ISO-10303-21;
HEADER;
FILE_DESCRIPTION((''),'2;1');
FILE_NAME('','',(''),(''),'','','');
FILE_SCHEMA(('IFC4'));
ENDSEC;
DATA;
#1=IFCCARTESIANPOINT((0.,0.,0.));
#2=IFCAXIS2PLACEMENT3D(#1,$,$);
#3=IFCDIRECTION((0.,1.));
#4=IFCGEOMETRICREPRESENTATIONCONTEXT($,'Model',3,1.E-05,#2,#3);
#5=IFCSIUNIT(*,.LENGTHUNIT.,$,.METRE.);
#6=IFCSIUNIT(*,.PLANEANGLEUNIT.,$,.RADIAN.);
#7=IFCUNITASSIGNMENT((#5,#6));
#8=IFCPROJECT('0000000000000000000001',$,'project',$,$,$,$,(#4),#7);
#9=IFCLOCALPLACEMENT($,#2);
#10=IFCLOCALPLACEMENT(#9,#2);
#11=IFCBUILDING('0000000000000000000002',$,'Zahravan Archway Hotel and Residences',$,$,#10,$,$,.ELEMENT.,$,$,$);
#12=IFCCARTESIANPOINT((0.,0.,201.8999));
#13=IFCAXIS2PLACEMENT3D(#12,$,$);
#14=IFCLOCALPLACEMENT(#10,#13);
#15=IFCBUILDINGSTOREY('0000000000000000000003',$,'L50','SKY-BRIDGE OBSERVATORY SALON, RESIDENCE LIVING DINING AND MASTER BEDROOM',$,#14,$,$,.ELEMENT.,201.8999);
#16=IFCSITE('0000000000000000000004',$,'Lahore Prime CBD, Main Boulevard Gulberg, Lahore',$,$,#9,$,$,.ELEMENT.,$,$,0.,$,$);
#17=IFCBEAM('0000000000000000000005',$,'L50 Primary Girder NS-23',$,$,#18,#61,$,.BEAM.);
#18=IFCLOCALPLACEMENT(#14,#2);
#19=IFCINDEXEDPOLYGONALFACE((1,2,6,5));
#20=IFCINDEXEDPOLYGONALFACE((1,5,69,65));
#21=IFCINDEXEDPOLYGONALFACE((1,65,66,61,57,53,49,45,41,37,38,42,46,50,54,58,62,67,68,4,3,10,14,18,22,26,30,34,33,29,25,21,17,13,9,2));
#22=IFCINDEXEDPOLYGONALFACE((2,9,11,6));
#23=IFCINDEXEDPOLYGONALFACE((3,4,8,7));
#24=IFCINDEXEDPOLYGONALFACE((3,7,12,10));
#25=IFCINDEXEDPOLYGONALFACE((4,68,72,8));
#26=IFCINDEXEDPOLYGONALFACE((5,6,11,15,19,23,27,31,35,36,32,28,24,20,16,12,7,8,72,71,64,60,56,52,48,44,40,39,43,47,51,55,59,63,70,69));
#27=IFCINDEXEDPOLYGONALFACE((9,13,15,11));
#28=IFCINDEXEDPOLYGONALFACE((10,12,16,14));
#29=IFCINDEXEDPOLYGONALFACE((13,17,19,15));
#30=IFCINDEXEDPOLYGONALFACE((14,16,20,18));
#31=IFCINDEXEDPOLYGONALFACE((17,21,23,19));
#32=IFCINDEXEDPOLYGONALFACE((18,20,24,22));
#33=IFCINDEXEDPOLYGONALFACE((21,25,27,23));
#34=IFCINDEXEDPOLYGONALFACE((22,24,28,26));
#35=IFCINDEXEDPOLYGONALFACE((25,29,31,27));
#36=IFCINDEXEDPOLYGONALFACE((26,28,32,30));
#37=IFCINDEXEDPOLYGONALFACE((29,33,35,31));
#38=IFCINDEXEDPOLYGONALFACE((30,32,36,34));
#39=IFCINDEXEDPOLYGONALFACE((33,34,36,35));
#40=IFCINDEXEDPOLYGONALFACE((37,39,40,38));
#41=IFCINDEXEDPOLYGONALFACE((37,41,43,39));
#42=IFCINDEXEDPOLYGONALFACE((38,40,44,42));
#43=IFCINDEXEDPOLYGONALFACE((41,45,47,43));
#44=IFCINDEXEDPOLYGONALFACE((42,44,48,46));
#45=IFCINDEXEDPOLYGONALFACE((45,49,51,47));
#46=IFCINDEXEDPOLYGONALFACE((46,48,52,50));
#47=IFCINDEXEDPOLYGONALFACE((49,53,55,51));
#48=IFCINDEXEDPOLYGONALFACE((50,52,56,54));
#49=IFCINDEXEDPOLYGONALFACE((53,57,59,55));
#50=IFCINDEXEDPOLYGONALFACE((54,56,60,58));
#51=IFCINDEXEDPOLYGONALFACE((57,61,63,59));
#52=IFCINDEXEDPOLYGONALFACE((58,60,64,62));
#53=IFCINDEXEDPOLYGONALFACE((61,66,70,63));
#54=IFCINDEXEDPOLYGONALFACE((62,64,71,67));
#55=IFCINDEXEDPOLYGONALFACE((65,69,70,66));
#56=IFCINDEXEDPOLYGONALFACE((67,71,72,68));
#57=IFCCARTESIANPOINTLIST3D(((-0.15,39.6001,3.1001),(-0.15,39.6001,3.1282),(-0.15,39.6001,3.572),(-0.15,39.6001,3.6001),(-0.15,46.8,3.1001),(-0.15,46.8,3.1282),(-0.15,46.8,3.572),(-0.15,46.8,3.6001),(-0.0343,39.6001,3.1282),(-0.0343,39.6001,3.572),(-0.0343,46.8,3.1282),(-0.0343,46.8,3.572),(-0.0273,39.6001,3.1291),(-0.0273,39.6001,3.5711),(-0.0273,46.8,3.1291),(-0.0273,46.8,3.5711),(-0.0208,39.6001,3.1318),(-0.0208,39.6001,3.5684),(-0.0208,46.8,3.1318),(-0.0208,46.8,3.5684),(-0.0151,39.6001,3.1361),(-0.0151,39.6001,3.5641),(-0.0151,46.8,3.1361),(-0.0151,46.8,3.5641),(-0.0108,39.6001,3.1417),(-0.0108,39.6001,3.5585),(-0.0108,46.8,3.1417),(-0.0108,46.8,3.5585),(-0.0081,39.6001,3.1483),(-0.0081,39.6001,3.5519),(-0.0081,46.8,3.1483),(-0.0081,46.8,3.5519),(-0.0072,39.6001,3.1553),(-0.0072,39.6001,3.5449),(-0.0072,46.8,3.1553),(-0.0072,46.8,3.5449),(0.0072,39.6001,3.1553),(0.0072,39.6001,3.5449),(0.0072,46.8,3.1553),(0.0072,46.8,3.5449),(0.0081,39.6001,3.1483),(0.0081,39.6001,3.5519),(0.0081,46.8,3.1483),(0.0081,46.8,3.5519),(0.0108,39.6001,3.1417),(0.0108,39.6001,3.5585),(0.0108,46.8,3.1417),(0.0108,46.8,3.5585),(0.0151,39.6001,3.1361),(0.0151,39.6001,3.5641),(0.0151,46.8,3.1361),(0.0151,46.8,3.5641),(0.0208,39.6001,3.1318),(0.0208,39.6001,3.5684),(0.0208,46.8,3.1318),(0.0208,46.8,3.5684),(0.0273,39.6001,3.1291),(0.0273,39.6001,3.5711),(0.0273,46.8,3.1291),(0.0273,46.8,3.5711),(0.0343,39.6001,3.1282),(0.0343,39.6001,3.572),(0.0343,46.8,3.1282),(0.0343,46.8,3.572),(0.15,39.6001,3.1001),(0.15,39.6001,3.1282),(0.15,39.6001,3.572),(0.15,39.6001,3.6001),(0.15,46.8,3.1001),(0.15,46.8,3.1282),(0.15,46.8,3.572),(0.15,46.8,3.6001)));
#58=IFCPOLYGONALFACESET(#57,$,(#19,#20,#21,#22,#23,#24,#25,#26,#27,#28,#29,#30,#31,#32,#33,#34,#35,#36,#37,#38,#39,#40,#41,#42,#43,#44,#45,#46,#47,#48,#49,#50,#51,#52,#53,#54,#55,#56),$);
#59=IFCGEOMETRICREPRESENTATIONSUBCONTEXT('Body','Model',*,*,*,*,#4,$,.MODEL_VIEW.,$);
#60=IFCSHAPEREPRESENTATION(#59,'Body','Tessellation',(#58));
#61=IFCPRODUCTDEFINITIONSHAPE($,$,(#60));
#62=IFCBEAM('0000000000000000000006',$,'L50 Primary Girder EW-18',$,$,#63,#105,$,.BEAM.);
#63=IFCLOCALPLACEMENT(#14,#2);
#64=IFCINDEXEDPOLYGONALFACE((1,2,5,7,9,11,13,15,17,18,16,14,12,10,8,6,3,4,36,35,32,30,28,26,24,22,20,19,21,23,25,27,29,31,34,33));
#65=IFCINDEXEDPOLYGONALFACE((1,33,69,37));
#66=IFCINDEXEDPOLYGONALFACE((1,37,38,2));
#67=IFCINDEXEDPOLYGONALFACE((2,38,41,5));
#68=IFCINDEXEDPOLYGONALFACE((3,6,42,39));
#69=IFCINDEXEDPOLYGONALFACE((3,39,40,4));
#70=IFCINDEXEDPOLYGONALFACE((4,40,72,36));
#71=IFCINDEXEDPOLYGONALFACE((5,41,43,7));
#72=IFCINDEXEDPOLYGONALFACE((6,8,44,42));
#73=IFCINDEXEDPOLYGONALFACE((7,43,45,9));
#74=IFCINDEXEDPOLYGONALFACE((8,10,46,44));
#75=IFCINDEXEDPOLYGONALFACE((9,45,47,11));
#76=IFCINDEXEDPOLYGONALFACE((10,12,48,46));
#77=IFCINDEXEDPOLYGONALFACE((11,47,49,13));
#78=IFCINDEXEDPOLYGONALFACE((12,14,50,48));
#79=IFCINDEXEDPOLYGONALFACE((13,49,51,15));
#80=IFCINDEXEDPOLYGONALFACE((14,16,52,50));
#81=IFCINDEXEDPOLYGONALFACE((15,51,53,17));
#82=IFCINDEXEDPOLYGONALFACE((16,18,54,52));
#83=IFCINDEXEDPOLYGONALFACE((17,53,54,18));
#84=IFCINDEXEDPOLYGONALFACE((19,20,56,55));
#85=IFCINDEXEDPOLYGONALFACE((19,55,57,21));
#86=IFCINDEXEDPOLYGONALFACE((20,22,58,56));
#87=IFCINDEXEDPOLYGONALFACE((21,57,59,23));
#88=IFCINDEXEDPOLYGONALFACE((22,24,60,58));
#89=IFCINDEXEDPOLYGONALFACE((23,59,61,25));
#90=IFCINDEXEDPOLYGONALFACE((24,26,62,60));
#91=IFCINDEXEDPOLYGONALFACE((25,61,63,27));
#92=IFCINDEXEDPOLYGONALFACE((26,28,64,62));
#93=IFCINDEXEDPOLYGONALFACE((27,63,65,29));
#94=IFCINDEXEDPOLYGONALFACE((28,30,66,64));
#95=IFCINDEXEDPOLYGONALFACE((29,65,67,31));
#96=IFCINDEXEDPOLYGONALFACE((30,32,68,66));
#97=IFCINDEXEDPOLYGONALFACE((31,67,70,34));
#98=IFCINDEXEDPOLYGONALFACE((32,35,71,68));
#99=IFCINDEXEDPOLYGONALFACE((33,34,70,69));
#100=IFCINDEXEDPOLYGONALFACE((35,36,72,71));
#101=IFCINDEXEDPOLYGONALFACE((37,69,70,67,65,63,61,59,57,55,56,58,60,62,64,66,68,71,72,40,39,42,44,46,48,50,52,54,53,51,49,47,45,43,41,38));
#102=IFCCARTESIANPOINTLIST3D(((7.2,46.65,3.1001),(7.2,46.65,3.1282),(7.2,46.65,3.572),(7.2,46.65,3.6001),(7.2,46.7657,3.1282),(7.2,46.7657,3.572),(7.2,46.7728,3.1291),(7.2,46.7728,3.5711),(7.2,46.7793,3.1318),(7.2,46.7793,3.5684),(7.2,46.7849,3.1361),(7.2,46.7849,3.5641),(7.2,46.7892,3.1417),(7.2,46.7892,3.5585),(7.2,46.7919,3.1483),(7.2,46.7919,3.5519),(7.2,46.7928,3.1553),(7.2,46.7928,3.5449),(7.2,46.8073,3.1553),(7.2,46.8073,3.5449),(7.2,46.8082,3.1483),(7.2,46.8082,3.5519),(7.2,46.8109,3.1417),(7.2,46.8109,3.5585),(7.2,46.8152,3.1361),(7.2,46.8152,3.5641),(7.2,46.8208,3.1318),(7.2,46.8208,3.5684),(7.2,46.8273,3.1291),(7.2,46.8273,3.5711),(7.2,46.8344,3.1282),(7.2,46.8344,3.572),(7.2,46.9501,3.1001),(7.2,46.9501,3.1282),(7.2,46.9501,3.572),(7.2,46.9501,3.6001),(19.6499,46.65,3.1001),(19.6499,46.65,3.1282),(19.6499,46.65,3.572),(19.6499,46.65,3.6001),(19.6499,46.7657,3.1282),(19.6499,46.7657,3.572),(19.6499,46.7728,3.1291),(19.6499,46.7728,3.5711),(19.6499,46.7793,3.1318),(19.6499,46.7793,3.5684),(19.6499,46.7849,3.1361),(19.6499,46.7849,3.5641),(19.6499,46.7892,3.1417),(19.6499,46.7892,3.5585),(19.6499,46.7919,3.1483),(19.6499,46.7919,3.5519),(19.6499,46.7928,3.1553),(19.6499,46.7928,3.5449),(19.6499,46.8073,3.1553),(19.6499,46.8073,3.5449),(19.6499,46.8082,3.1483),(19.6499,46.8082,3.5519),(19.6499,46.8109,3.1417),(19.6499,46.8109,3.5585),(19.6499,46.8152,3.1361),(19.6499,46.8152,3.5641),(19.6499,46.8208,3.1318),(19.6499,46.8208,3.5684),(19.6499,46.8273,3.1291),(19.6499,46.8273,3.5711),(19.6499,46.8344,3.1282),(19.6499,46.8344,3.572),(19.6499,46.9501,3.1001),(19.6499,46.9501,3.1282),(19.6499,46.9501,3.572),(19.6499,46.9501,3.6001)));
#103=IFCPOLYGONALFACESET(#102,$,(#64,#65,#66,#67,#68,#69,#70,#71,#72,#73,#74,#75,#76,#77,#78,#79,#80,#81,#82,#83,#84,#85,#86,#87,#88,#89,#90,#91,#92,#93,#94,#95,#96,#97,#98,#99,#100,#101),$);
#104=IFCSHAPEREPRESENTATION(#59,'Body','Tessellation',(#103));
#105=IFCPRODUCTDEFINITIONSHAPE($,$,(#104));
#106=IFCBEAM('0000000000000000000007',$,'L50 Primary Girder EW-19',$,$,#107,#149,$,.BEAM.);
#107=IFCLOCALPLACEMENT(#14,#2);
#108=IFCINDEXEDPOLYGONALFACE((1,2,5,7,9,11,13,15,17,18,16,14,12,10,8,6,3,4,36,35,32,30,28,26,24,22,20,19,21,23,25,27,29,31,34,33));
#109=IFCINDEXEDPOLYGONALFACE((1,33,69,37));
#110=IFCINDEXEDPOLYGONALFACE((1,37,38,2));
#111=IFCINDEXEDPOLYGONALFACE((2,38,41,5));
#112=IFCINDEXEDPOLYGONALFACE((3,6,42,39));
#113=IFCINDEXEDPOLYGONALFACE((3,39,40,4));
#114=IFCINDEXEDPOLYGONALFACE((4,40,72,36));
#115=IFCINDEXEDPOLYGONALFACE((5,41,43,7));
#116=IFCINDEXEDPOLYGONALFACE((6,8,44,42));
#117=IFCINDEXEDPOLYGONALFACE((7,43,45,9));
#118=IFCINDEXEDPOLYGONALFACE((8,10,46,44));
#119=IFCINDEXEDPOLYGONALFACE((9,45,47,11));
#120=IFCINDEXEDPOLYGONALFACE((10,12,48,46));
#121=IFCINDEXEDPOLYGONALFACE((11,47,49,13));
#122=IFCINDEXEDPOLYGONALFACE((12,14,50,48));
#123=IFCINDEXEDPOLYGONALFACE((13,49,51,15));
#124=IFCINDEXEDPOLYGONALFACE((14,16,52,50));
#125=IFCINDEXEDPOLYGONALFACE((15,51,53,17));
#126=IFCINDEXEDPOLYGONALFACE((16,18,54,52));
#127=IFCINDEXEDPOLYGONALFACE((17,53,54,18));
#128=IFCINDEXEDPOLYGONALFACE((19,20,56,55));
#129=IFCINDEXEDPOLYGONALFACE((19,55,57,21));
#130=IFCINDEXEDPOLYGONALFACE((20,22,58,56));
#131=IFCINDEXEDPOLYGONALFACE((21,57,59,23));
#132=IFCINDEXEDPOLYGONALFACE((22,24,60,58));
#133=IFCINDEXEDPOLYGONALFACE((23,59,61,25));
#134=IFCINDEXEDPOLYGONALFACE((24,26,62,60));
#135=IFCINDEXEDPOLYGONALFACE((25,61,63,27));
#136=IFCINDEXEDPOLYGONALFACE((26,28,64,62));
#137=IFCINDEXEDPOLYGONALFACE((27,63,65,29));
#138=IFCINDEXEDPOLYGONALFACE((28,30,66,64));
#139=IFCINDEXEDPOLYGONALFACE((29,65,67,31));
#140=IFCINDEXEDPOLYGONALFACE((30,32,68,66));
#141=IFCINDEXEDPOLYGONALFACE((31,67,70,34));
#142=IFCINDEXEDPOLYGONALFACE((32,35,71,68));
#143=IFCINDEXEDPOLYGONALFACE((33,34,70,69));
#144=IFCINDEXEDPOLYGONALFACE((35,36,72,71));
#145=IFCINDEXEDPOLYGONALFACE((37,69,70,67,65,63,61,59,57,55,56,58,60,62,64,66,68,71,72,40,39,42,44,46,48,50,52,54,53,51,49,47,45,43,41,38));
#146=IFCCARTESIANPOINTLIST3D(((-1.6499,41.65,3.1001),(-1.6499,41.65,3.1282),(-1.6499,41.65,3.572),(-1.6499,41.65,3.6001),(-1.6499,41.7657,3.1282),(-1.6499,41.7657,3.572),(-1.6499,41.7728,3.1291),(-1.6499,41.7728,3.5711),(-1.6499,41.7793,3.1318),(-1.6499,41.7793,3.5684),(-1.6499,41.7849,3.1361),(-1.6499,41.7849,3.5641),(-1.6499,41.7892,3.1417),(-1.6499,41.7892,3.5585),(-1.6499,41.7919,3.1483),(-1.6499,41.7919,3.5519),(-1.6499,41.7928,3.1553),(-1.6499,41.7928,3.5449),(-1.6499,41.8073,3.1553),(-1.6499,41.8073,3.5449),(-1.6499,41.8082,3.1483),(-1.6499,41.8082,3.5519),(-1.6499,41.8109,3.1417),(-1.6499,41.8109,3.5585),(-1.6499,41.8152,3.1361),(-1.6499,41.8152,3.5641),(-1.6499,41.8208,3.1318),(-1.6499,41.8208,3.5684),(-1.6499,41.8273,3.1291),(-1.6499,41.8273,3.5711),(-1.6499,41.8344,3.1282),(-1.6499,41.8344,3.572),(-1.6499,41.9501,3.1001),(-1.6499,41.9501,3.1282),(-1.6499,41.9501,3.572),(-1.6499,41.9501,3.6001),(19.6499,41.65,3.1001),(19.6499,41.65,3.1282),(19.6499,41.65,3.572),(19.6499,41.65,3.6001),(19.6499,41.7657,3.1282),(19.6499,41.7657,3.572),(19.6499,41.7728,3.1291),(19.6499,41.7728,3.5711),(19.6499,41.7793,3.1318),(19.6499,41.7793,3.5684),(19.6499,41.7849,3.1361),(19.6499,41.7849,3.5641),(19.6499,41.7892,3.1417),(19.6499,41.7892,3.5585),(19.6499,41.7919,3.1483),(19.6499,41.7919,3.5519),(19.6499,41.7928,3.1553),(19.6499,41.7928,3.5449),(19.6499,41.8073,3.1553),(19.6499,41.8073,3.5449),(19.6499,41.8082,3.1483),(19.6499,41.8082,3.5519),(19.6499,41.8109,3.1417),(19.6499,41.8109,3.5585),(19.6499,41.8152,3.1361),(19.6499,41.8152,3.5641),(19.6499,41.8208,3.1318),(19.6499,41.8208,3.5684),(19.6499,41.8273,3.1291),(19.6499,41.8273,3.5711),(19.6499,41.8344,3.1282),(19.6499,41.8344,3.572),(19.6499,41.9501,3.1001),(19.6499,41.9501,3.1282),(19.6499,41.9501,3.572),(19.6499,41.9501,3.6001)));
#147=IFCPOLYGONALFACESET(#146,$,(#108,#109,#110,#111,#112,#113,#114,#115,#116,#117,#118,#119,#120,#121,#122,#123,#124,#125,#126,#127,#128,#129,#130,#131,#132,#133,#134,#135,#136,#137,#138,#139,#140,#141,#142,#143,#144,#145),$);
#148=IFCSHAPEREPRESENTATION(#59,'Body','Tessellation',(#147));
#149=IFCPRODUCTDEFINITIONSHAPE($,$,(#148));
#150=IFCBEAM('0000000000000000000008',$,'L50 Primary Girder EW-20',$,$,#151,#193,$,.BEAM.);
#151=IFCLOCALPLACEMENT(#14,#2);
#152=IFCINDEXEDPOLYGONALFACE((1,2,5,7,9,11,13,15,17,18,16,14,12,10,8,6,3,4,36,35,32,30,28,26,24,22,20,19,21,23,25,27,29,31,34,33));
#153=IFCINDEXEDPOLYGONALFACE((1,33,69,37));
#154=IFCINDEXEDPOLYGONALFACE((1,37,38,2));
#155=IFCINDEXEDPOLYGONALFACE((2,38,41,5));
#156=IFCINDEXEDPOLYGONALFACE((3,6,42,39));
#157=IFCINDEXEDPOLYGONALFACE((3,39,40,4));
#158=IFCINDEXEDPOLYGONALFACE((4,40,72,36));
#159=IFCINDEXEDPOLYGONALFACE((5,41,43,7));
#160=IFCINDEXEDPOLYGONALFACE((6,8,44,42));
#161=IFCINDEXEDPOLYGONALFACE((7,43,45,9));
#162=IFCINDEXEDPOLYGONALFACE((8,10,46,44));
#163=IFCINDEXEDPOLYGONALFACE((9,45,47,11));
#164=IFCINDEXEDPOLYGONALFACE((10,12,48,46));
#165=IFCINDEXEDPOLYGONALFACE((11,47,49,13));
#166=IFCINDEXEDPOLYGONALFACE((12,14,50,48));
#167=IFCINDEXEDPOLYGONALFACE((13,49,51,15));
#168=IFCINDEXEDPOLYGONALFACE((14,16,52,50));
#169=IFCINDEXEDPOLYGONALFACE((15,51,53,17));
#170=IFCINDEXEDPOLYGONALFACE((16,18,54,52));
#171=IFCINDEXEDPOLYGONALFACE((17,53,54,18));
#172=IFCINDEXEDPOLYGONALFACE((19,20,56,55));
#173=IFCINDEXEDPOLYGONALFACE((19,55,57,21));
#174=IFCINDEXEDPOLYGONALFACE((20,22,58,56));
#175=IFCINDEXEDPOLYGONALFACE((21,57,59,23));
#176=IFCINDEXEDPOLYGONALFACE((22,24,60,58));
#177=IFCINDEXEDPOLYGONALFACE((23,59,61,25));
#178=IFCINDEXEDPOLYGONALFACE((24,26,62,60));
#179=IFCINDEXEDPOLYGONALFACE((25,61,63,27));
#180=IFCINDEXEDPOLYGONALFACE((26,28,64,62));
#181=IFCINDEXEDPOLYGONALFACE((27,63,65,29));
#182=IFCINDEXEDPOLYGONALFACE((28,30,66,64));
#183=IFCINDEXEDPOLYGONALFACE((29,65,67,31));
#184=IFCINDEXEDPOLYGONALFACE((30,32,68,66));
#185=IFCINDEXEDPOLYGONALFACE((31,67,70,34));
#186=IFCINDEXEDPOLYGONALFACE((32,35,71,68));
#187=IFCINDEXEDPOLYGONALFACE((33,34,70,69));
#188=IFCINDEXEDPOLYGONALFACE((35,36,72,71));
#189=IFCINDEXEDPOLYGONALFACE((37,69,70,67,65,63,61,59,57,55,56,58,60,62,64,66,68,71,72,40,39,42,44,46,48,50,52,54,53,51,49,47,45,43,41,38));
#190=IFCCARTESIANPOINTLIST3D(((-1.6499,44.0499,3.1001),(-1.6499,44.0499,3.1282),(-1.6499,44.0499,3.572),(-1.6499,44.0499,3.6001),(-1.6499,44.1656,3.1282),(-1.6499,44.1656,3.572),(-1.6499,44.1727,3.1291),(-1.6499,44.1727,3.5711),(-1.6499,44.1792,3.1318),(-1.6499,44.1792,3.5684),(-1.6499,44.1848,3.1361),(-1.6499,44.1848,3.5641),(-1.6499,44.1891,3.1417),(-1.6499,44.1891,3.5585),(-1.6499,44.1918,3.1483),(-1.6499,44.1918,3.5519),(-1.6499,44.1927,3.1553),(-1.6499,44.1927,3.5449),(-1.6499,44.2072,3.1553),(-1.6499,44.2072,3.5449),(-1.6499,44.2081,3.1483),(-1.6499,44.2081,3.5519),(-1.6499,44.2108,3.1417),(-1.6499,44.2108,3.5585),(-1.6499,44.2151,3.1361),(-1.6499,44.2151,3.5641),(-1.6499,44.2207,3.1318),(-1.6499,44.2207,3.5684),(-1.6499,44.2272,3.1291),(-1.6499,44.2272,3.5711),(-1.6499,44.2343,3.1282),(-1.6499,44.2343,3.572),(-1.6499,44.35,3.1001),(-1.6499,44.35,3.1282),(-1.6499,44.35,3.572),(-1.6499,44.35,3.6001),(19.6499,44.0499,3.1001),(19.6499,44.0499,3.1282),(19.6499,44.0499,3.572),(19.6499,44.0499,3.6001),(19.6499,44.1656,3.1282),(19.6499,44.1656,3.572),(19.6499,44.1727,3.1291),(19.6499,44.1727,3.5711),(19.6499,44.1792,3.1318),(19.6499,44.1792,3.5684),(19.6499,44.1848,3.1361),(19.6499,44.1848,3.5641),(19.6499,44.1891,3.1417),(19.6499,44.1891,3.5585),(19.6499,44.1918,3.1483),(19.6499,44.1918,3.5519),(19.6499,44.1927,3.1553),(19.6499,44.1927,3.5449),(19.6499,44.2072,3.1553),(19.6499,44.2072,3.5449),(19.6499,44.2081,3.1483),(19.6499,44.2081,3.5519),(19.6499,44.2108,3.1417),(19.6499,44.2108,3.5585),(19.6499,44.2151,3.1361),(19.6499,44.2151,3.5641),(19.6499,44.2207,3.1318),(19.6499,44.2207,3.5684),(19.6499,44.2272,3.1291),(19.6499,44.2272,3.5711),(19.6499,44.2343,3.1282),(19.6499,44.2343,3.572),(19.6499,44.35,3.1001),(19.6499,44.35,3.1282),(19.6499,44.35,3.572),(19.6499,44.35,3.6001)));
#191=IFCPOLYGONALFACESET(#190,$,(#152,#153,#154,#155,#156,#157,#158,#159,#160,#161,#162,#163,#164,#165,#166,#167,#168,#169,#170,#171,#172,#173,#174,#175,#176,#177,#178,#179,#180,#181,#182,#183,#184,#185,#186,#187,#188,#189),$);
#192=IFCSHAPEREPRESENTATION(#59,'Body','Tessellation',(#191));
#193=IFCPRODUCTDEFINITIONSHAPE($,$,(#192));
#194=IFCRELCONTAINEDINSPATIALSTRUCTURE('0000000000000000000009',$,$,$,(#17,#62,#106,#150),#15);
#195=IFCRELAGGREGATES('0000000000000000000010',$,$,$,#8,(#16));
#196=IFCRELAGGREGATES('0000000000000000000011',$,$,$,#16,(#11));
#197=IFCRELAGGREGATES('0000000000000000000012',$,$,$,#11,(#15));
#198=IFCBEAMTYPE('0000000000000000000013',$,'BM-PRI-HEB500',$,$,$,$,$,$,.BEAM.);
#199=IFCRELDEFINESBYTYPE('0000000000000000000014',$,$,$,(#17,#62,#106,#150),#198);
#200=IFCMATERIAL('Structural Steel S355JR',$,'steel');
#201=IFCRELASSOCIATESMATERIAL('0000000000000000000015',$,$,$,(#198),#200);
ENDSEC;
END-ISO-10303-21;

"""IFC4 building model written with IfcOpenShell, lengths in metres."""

from ifc_helpers import new_model, si_unit, direction, frame, origin, origin_2d, place, context, subcontext, project, spatial, i_section, extrude, source, transform, mapped, material, material_profile, profile_set, type_object, element, save


model = new_model("IFC4")

# Units and contexts
model_context = context("Model", 3, precision=1e-05, world=origin(), true_north=direction((0.0, 1.0)))
body_context = subcontext(model_context, "Body", "Model", "MODEL_VIEW")
ifc_project = project(units=[si_unit("LENGTHUNIT", "METRE"), si_unit("PLANEANGLEUNIT", "RADIAN")], contexts=[model_context])

# Site, building, storey
site_placement = place(None, origin())
site = spatial("IfcSite", under=ifc_project, at=site_placement, Name="Lahore Prime CBD, Main Boulevard Gulberg, Lahore", CompositionType="ELEMENT", RefElevation=0.0)
building_placement = place(site_placement, origin())
building = spatial("IfcBuilding", under=site, at=building_placement, Name="Zahravan Archway Hotel and Residences", CompositionType="ELEMENT")
storey_placement = place(building_placement, frame((0.0, 0.0, 201.8999)))
storey = spatial("IfcBuildingStorey", under=building, at=storey_placement, Name="L50", Description="SKY-BRIDGE OBSERVATORY SALON, RESIDENCE LIVING DINING AND MASTER BEDROOM", CompositionType="ELEMENT", Elevation=201.8999)

# Beams
ifc_material_1 = material(Name="Structural Steel S355JR", Category="steel")
ifc_material_profile_1 = material_profile(ifc_material_1, i_section(OverallWidth=0.3, OverallDepth=0.5, WebThickness=0.0144, FlangeThickness=0.0281, FilletRadius=0.0271, at=origin_2d()), Name="HEB 500", Category="steel")
ifc_profile_set_1 = profile_set([ifc_material_profile_1], Name="Structural Steel S355JR")
beam_type_1 = type_object("IfcBeamType", Name="BM-PRI-HEB500", PredefinedType="BEAM", material=ifc_profile_set_1)
shared_shape_1 = source(origin(), body_context, "Body", "SweptSolid", [
    extrude(i_section(OverallWidth=0.3, OverallDepth=0.5, WebThickness=0.0144, FlangeThickness=0.0281, FilletRadius=0.0271, at=origin_2d()), origin(), (0.0, 0.0, 1.0), 7.2),
])
for number, where, z_axis, x_axis, name in (
    (1, (0.0, 39.6001, 3.3501), (0.0, 1.0, 0.0), (-1.0, 0.0, 0.0), "L50 Primary Girder NS-23"),
):
    element("IfcBeam", number, at=place(storey_placement, frame(where, z_axis=z_axis, x_axis=x_axis)), inside=storey, type_object=beam_type_1, Name=name, PredefinedType="BEAM", context=body_context, shape_type="MappedRepresentation", body=[
        mapped(shared_shape_1, transform((0.0, 0.0, 0.0), scale=1.0)),
    ])
shared_shape_2 = source(origin(), body_context, "Body", "SweptSolid", [
    extrude(i_section(OverallWidth=0.3, OverallDepth=0.5, WebThickness=0.0144, FlangeThickness=0.0281, FilletRadius=0.0271, at=origin_2d()), origin(), (0.0, 0.0, 1.0), 12.45),
])
beam_1_placement = place(storey_placement, frame((7.2, 46.8, 3.3501), z_axis=(1.0, 0.0, 0.0), x_axis=(0.0, 1.0, 0.0)))
element("IfcBeam", 2, at=beam_1_placement, inside=storey, type_object=beam_type_1, Name="L50 Primary Girder EW-18", PredefinedType="BEAM", context=body_context, shape_type="MappedRepresentation", body=[
    mapped(shared_shape_2, transform((0.0, 0.0, 0.0), scale=1.0)),
])
shared_shape_3 = source(origin(), body_context, "Body", "SweptSolid", [
    extrude(i_section(OverallWidth=0.3, OverallDepth=0.5, WebThickness=0.0144, FlangeThickness=0.0281, FilletRadius=0.0271, at=origin_2d()), origin(), (0.0, 0.0, 1.0), 21.2998),
])
for number, where, z_axis, x_axis, name in (
    (3, (-1.6499, 41.8, 3.3501), (1.0, 0.0, 0.0), (0.0, 1.0, 0.0), "L50 Primary Girder EW-19"),
    (4, (-1.6499, 44.2, 3.3501), (1.0, 0.0, 0.0), (0.0, 1.0, 0.0), "L50 Primary Girder EW-20"),
):
    element("IfcBeam", number, at=place(storey_placement, frame(where, z_axis=z_axis, x_axis=x_axis)), inside=storey, type_object=beam_type_1, Name=name, PredefinedType="BEAM", context=body_context, shape_type="MappedRepresentation", body=[
        mapped(shared_shape_3, transform((0.0, 0.0, 0.0), scale=1.0)),
    ])

save(model, "model.ifc")
